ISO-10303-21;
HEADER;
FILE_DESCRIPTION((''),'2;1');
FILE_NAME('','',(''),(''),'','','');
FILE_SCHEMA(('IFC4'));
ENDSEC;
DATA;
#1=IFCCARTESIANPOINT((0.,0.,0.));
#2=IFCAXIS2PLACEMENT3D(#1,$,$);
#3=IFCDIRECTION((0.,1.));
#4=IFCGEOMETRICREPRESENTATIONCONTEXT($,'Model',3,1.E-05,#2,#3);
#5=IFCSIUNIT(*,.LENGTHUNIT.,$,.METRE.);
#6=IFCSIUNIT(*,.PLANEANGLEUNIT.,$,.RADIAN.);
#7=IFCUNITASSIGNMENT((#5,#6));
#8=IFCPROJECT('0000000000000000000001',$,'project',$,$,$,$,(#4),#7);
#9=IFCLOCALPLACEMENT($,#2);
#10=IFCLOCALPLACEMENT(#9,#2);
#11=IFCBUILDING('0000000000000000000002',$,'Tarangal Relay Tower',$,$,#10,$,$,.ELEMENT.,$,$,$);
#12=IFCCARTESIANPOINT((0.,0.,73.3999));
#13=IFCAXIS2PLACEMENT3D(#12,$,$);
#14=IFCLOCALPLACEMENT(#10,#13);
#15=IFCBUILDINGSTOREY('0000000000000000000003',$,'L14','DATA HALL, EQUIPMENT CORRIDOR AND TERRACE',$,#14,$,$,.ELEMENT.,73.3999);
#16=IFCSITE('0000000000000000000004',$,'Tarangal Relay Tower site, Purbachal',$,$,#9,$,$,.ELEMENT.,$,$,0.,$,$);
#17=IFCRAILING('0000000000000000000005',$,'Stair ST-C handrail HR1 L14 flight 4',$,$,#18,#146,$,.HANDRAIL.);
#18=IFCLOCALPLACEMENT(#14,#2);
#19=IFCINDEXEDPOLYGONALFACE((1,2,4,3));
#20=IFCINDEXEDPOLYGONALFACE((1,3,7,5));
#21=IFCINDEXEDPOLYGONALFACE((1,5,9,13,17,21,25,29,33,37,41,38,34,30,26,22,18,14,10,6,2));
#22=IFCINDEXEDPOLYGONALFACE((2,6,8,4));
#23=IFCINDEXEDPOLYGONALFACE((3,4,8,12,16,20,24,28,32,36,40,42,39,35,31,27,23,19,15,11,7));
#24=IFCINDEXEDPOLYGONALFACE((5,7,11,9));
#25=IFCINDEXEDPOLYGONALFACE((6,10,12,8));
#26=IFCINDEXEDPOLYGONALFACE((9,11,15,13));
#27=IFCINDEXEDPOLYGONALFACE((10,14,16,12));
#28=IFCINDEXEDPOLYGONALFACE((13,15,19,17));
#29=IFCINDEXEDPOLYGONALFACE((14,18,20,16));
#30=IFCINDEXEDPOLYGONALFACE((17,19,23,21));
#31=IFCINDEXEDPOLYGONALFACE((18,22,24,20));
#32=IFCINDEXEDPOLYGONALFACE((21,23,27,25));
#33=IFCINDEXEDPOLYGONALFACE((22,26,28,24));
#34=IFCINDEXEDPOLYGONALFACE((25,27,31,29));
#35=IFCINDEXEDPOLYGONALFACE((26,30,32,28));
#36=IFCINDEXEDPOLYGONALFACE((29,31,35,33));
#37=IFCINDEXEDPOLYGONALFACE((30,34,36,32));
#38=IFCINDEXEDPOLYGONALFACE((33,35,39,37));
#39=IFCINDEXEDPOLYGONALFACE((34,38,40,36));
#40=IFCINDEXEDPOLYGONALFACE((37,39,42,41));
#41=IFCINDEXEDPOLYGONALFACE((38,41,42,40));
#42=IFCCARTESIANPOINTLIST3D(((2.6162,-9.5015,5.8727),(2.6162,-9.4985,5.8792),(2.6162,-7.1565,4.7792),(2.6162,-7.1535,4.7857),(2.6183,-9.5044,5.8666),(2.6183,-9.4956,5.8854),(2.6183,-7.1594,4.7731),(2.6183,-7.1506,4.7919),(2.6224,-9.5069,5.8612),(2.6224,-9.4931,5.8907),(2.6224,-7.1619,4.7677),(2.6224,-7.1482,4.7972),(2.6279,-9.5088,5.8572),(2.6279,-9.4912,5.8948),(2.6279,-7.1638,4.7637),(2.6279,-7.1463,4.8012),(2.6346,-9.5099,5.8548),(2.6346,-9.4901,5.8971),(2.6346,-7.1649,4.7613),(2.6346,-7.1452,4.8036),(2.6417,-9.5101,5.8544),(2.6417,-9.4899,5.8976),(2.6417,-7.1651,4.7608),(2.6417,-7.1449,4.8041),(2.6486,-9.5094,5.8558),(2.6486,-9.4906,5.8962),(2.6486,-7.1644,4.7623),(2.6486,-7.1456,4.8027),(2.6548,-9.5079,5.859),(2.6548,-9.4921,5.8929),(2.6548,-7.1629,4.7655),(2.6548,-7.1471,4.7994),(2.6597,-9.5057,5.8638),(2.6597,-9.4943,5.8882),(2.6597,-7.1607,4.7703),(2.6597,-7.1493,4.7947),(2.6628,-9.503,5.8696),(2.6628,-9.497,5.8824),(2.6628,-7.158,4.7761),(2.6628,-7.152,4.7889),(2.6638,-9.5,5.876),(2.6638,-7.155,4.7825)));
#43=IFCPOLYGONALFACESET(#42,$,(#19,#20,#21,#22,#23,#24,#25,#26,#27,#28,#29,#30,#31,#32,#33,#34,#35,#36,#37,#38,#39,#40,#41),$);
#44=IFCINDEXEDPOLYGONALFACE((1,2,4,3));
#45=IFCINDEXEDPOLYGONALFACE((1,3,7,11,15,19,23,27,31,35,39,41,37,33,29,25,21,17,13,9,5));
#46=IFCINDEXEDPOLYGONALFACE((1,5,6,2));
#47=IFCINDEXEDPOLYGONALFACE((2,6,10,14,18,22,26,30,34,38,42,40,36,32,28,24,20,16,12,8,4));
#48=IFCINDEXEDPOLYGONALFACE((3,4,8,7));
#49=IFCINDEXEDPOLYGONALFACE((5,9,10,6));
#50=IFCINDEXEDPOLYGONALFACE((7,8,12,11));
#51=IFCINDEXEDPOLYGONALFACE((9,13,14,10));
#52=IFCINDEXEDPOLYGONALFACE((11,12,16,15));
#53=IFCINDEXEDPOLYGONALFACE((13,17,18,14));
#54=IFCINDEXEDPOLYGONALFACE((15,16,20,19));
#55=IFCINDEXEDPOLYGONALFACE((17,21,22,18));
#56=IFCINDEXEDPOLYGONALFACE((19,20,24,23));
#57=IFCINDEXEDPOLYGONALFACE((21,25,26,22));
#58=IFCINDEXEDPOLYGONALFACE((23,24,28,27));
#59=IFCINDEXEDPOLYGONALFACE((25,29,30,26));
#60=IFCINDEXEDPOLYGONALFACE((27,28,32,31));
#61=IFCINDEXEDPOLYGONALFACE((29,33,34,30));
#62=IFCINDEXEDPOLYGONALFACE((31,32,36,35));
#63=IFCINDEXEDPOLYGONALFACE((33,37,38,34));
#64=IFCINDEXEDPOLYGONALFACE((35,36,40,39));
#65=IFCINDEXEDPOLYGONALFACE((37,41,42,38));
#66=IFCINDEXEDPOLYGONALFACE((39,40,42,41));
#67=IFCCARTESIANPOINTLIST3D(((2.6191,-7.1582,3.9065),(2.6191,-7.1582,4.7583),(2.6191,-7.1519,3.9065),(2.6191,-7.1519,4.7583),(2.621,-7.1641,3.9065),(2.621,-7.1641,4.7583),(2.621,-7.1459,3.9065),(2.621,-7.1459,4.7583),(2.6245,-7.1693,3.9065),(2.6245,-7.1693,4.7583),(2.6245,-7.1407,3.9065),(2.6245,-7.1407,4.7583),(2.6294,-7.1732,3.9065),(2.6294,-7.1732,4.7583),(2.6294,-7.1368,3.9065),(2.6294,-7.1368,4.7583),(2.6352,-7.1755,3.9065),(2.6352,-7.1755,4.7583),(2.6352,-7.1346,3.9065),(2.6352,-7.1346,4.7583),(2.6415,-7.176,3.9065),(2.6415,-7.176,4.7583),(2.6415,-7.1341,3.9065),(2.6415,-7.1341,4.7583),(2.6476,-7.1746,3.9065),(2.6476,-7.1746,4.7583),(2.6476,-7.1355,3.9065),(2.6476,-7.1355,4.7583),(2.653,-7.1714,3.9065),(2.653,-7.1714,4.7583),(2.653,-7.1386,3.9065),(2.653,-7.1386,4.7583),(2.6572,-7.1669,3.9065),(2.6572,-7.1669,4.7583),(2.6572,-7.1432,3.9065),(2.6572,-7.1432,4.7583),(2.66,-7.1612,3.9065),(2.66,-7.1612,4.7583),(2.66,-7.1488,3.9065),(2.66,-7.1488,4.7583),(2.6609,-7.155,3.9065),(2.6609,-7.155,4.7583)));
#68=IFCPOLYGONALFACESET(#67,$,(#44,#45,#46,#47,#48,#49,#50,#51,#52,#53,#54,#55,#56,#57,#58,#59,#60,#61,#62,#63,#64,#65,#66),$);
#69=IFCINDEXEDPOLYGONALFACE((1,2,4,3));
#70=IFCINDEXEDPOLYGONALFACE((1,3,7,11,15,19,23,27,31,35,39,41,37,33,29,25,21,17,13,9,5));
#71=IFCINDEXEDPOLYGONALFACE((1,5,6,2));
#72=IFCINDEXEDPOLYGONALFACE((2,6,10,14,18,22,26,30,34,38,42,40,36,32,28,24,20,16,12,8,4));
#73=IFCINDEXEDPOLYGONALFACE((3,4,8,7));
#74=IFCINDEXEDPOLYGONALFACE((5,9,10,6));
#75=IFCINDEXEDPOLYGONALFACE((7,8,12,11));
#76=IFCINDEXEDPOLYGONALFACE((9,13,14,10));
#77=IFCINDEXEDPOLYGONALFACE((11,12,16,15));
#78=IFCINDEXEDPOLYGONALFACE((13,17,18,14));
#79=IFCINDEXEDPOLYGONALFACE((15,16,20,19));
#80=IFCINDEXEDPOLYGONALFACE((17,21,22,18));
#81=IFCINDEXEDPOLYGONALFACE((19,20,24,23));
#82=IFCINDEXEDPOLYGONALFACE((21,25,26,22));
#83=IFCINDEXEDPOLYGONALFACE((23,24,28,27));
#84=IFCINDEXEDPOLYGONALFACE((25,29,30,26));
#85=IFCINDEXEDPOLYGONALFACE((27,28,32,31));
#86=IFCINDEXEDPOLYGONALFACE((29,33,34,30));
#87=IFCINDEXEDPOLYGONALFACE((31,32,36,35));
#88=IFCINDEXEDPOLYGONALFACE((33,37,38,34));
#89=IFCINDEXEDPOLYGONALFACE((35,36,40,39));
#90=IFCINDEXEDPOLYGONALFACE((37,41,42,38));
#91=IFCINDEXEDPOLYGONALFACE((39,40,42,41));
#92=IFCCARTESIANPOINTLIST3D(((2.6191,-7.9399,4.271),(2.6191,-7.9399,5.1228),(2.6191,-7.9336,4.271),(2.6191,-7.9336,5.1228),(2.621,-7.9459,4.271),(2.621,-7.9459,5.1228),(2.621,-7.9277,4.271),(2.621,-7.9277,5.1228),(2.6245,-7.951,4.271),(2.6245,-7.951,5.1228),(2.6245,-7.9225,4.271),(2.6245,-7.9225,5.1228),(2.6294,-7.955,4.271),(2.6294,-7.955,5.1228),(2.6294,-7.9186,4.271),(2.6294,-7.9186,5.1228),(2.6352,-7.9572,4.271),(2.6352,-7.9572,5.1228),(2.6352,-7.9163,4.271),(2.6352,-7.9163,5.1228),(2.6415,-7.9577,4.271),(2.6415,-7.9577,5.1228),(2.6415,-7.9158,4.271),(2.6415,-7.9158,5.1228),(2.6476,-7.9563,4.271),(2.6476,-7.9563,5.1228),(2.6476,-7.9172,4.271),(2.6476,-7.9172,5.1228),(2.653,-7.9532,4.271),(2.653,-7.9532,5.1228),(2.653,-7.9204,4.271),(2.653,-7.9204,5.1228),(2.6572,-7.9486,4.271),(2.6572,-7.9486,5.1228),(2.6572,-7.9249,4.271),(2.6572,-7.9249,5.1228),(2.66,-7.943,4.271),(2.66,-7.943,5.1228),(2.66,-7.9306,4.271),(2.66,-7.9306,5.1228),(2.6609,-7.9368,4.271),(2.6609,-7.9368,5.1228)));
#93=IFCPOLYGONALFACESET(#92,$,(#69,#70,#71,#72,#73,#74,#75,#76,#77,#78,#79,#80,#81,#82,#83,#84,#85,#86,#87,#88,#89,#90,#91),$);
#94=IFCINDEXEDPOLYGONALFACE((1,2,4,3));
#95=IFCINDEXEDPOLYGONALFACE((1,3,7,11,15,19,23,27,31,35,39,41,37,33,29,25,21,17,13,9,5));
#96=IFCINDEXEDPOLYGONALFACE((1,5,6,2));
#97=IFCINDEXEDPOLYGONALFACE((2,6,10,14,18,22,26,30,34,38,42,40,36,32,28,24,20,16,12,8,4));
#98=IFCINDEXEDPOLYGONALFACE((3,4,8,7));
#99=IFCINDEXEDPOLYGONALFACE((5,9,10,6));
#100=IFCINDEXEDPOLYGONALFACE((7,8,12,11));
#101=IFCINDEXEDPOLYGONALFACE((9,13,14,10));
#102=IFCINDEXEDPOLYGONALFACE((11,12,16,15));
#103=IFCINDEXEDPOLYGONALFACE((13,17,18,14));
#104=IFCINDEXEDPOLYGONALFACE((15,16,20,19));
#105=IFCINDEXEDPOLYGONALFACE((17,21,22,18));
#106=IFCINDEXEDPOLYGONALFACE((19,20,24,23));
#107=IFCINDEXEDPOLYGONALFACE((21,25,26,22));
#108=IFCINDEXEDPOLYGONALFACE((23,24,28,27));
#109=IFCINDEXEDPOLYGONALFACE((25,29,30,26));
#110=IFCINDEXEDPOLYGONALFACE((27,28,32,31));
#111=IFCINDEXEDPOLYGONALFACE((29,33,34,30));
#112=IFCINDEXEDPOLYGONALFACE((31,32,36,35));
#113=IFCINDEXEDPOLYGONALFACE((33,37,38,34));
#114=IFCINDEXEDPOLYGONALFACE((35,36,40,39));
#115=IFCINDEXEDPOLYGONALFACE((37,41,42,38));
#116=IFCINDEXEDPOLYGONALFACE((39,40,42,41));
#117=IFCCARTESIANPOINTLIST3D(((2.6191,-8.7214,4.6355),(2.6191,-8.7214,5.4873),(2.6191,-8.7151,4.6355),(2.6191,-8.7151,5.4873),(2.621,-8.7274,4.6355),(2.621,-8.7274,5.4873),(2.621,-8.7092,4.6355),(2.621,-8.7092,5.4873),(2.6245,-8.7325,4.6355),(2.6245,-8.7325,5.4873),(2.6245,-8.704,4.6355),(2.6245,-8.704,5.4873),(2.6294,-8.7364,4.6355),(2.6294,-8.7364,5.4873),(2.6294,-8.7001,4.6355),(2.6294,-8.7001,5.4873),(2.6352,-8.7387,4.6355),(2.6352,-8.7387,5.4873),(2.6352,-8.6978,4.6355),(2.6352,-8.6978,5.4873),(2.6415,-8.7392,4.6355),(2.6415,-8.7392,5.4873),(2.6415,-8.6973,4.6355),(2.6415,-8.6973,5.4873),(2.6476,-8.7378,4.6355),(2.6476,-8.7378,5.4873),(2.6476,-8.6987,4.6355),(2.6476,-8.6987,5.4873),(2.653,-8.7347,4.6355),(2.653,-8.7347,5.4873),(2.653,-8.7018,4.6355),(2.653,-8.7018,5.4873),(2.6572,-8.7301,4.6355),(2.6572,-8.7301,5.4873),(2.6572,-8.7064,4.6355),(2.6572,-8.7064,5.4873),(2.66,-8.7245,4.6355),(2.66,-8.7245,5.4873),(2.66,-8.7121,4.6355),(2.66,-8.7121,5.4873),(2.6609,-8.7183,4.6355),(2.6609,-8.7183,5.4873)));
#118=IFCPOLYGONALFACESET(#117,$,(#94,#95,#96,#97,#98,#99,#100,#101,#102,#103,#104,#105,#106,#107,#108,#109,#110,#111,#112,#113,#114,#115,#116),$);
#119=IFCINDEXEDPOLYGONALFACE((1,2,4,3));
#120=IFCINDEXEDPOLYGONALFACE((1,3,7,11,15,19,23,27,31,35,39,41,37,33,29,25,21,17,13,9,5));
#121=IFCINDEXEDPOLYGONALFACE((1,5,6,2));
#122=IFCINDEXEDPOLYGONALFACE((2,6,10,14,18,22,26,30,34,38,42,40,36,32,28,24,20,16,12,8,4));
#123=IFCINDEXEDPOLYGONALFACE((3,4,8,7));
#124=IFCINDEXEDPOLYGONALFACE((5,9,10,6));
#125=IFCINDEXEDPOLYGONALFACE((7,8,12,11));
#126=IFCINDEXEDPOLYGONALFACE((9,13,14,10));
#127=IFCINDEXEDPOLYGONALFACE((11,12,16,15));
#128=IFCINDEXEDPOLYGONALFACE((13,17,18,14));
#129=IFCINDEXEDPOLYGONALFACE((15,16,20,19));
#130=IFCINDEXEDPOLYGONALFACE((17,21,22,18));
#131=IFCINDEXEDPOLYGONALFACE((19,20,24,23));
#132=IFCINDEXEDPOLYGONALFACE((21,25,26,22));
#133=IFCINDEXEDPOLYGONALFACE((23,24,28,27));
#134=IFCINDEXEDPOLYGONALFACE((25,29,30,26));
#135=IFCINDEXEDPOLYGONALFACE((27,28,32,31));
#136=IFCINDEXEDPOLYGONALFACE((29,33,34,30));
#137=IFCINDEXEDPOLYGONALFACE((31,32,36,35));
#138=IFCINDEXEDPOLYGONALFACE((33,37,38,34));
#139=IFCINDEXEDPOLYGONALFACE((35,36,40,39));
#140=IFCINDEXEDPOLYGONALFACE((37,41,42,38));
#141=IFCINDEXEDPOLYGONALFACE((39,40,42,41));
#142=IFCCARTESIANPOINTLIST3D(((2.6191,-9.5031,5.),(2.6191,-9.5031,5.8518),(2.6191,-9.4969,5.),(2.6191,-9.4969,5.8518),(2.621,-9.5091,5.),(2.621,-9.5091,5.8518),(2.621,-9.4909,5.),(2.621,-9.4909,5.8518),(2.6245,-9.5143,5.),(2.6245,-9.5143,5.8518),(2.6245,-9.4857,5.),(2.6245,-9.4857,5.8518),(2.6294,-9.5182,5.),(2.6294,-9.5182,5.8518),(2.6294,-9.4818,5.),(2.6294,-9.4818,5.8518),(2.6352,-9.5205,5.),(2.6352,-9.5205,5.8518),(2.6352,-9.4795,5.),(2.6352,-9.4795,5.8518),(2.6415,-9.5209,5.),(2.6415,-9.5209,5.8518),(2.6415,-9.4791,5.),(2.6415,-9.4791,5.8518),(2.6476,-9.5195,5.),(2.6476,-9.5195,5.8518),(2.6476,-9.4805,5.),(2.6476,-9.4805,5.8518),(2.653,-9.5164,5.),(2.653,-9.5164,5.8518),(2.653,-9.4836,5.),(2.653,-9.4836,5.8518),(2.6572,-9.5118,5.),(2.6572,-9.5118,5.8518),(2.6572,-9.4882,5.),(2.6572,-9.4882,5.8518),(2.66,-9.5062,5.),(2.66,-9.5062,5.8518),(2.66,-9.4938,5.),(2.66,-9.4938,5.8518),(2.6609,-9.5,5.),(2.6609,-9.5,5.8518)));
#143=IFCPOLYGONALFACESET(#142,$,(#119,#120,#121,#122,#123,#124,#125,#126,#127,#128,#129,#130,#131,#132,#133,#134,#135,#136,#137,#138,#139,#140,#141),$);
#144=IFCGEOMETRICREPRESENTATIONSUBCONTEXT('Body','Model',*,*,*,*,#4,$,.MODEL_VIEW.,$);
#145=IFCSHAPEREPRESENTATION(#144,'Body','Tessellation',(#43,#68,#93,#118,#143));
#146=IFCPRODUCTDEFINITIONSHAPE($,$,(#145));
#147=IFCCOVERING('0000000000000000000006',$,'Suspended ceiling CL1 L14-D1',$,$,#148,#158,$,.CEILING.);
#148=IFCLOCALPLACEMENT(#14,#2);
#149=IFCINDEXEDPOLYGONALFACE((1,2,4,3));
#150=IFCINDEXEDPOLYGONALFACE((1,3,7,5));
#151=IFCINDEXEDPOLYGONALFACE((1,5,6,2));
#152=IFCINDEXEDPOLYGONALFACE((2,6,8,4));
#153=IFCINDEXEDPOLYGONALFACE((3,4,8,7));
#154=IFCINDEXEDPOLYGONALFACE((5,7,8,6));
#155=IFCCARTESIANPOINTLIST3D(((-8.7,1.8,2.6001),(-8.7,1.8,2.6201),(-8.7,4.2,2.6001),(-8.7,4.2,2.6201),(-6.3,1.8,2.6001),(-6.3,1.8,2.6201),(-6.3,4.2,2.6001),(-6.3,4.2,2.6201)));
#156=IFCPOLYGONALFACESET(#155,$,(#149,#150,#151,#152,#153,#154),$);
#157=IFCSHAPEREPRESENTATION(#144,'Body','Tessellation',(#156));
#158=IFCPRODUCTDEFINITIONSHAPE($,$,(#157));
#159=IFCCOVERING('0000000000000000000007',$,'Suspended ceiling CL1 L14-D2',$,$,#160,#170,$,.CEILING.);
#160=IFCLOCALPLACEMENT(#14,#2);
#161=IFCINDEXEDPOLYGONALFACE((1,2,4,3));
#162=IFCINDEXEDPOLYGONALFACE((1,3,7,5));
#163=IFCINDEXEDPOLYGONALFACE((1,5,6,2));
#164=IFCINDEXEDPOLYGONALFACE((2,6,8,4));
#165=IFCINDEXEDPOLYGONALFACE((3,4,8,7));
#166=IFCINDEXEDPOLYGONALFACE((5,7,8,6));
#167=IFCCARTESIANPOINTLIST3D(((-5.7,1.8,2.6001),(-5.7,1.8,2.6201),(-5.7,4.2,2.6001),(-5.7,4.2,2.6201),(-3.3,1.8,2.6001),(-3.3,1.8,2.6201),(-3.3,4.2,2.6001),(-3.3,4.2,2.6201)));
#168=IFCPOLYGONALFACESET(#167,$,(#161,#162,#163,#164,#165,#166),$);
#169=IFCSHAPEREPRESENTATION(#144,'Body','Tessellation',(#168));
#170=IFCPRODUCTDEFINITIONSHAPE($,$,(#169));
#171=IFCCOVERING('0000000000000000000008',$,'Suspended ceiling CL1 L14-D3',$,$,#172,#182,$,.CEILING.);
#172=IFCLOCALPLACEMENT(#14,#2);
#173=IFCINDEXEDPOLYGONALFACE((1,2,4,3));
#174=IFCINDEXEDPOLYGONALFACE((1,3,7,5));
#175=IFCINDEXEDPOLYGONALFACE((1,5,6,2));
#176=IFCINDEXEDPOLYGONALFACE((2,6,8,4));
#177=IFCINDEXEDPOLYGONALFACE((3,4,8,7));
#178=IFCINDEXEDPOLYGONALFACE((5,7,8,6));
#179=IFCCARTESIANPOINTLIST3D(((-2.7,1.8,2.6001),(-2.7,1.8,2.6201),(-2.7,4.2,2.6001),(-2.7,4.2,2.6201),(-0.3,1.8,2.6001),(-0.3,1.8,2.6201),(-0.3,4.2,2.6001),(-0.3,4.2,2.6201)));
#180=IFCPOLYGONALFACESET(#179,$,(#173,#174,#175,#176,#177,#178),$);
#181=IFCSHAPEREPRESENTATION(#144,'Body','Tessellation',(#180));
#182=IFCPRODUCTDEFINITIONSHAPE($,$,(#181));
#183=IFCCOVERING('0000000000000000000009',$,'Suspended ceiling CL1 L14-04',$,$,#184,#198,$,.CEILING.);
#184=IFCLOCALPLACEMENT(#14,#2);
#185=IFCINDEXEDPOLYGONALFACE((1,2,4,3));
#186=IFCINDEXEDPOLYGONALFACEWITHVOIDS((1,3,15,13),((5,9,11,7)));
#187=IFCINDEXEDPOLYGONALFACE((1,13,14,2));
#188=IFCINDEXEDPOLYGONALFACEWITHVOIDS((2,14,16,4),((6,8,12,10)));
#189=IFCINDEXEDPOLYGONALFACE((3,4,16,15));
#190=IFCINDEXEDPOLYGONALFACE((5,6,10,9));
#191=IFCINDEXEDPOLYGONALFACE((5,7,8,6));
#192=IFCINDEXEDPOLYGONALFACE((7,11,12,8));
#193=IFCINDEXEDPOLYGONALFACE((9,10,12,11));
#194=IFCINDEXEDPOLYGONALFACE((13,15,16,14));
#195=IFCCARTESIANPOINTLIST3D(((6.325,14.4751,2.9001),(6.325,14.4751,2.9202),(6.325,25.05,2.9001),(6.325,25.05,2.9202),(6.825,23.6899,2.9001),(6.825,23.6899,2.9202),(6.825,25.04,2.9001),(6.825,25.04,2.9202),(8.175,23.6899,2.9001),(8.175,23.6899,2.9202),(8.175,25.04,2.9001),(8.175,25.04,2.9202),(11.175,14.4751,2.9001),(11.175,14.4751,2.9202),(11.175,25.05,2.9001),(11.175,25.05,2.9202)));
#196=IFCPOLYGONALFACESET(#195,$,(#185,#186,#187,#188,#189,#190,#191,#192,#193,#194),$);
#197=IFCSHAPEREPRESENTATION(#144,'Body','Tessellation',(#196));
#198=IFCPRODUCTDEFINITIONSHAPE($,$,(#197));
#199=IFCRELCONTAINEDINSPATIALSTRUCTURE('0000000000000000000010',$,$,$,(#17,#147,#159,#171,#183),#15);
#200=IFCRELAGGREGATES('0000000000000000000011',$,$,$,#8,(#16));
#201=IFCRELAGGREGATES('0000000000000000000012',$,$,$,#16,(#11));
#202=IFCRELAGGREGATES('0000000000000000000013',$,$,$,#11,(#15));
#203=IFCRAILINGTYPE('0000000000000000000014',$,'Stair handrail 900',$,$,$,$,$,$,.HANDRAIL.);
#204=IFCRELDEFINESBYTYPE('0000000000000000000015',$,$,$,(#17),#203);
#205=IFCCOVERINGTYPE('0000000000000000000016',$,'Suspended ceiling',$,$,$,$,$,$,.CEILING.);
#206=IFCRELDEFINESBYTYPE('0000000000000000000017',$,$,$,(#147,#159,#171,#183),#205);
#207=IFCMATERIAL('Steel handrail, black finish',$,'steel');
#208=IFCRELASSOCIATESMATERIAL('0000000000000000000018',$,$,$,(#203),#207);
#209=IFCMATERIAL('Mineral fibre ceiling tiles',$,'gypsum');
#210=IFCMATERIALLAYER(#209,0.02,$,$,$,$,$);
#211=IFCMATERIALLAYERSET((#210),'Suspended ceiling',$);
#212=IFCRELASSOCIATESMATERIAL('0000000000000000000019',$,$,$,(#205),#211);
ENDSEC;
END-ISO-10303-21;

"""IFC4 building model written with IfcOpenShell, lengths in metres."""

from ifc_helpers import new_model, si_unit, direction, frame, origin, origin_2d, place, context, subcontext, project, spatial, polyline, circle, outline, extrude, material, layer, layer_set, type_object, element, save


model = new_model("IFC4")

# Units and contexts
model_context = context("Model", 3, precision=1e-05, world=origin(), true_north=direction((0.0, 1.0)))
body_context = subcontext(model_context, "Body", "Model", "MODEL_VIEW")
ifc_project = project(units=[si_unit("LENGTHUNIT", "METRE"), si_unit("PLANEANGLEUNIT", "RADIAN")], contexts=[model_context])

# Site, building, storey
site_placement = place(None, origin())
site = spatial("IfcSite", under=ifc_project, at=site_placement, Name="Tarangal Relay Tower site, Purbachal", CompositionType="ELEMENT", RefElevation=0.0)
building_placement = place(site_placement, origin())
building = spatial("IfcBuilding", under=site, at=building_placement, Name="Tarangal Relay Tower", CompositionType="ELEMENT")
storey_placement = place(building_placement, frame((0.0, 0.0, 73.3999)))
storey = spatial("IfcBuildingStorey", under=building, at=storey_placement, Name="L14", Description="DATA HALL, EQUIPMENT CORRIDOR AND TERRACE", CompositionType="ELEMENT", Elevation=73.3999)

# Railing
ifc_material_1 = material(Name="Steel handrail, black finish", Category="steel")
railing_type_1 = type_object("IfcRailingType", Name="Stair handrail 900", PredefinedType="HANDRAIL", material=ifc_material_1)
for number, where, name in (
    (1, (2.6399, -7.155, 3.9065), "Stair ST-C handrail HR1 L14 flight 4"),
):
    element("IfcRailing", number, at=place(storey_placement, frame(where)), inside=storey, type_object=railing_type_1, Name=name, PredefinedType="HANDRAIL", context=body_context, shape_type="SweptSolid", body=[
        extrude(circle(Radius=0.0239, at=origin_2d()), frame((0.0, 0.0, 0.876), z_axis=(0.0, -0.906304, 0.422627), x_axis=(1.0, 0.0, 0.0)), (0.0, 0.0, 1.0), 2.5874),
        extrude(circle(Radius=0.021, at=origin_2d()), origin(), (0.0, 0.0, 1.0), 0.8518),
        extrude(circle(Radius=0.021, at=origin_2d()), frame((0.0, -0.7817, 0.3645)), (0.0, 0.0, 1.0), 0.8518),
        extrude(circle(Radius=0.021, at=origin_2d()), frame((0.0, -1.5632, 0.729)), (0.0, 0.0, 1.0), 0.8518),
        extrude(circle(Radius=0.021, at=origin_2d()), frame((0.0, -2.345, 1.0935)), (0.0, 0.0, 1.0), 0.8518),
    ])

# Coverings
ifc_material_2 = material(Name="Mineral fibre ceiling tiles", Category="gypsum")
ifc_layer_1 = layer(ifc_material_2, 0.02)
ifc_layer_set_1 = layer_set([ifc_layer_1], Name="Suspended ceiling")
covering_type_1 = type_object("IfcCoveringType", Name="Suspended ceiling", PredefinedType="CEILING", material=ifc_layer_set_1)
covering_1_placement = place(storey_placement, frame((0.0, 0.0, 2.6001)))
element("IfcCovering", 2, at=covering_1_placement, inside=storey, type_object=covering_type_1, Name="Suspended ceiling CL1 L14-D1", PredefinedType="CEILING", context=body_context, shape_type="SweptSolid", body=[
    extrude(outline(polyline([(-8.7, 1.8), (-6.3, 1.8), (-6.3, 4.2), (-8.7, 4.2), (-8.7, 1.8)])), origin(), (0.0, 0.0, 1.0), 0.02),
])
covering_2_placement = place(storey_placement, frame((0.0, 0.0, 2.6001)))
element("IfcCovering", 3, at=covering_2_placement, inside=storey, type_object=covering_type_1, Name="Suspended ceiling CL1 L14-D2", PredefinedType="CEILING", context=body_context, shape_type="SweptSolid", body=[
    extrude(outline(polyline([(-5.7, 1.8), (-3.3, 1.8), (-3.3, 4.2), (-5.7, 4.2), (-5.7, 1.8)])), origin(), (0.0, 0.0, 1.0), 0.02),
])
covering_3_placement = place(storey_placement, frame((0.0, 0.0, 2.6001)))
element("IfcCovering", 4, at=covering_3_placement, inside=storey, type_object=covering_type_1, Name="Suspended ceiling CL1 L14-D3", PredefinedType="CEILING", context=body_context, shape_type="SweptSolid", body=[
    extrude(outline(polyline([(-2.7, 1.8), (-0.3, 1.8), (-0.3, 4.2), (-2.7, 4.2), (-2.7, 1.8)])), origin(), (0.0, 0.0, 1.0), 0.02),
])
covering_4_placement = place(storey_placement, frame((0.0, 0.0, 2.9001)))
element("IfcCovering", 5, at=covering_4_placement, inside=storey, type_object=covering_type_1, Name="Suspended ceiling CL1 L14-04", PredefinedType="CEILING", context=body_context, shape_type="SweptSolid", body=[
    extrude(outline(polyline([(11.175, 25.05), (6.325, 25.05), (6.325, 14.4751), (11.175, 14.4751), (11.175, 25.05)]), holes=[polyline([(8.175, 25.04), (6.825, 25.04), (6.825, 23.6899), (8.175, 23.6899), (8.175, 25.04)])]), origin(), (0.0, 0.0, 1.0), 0.02),
])

save(model, "model.ifc")
